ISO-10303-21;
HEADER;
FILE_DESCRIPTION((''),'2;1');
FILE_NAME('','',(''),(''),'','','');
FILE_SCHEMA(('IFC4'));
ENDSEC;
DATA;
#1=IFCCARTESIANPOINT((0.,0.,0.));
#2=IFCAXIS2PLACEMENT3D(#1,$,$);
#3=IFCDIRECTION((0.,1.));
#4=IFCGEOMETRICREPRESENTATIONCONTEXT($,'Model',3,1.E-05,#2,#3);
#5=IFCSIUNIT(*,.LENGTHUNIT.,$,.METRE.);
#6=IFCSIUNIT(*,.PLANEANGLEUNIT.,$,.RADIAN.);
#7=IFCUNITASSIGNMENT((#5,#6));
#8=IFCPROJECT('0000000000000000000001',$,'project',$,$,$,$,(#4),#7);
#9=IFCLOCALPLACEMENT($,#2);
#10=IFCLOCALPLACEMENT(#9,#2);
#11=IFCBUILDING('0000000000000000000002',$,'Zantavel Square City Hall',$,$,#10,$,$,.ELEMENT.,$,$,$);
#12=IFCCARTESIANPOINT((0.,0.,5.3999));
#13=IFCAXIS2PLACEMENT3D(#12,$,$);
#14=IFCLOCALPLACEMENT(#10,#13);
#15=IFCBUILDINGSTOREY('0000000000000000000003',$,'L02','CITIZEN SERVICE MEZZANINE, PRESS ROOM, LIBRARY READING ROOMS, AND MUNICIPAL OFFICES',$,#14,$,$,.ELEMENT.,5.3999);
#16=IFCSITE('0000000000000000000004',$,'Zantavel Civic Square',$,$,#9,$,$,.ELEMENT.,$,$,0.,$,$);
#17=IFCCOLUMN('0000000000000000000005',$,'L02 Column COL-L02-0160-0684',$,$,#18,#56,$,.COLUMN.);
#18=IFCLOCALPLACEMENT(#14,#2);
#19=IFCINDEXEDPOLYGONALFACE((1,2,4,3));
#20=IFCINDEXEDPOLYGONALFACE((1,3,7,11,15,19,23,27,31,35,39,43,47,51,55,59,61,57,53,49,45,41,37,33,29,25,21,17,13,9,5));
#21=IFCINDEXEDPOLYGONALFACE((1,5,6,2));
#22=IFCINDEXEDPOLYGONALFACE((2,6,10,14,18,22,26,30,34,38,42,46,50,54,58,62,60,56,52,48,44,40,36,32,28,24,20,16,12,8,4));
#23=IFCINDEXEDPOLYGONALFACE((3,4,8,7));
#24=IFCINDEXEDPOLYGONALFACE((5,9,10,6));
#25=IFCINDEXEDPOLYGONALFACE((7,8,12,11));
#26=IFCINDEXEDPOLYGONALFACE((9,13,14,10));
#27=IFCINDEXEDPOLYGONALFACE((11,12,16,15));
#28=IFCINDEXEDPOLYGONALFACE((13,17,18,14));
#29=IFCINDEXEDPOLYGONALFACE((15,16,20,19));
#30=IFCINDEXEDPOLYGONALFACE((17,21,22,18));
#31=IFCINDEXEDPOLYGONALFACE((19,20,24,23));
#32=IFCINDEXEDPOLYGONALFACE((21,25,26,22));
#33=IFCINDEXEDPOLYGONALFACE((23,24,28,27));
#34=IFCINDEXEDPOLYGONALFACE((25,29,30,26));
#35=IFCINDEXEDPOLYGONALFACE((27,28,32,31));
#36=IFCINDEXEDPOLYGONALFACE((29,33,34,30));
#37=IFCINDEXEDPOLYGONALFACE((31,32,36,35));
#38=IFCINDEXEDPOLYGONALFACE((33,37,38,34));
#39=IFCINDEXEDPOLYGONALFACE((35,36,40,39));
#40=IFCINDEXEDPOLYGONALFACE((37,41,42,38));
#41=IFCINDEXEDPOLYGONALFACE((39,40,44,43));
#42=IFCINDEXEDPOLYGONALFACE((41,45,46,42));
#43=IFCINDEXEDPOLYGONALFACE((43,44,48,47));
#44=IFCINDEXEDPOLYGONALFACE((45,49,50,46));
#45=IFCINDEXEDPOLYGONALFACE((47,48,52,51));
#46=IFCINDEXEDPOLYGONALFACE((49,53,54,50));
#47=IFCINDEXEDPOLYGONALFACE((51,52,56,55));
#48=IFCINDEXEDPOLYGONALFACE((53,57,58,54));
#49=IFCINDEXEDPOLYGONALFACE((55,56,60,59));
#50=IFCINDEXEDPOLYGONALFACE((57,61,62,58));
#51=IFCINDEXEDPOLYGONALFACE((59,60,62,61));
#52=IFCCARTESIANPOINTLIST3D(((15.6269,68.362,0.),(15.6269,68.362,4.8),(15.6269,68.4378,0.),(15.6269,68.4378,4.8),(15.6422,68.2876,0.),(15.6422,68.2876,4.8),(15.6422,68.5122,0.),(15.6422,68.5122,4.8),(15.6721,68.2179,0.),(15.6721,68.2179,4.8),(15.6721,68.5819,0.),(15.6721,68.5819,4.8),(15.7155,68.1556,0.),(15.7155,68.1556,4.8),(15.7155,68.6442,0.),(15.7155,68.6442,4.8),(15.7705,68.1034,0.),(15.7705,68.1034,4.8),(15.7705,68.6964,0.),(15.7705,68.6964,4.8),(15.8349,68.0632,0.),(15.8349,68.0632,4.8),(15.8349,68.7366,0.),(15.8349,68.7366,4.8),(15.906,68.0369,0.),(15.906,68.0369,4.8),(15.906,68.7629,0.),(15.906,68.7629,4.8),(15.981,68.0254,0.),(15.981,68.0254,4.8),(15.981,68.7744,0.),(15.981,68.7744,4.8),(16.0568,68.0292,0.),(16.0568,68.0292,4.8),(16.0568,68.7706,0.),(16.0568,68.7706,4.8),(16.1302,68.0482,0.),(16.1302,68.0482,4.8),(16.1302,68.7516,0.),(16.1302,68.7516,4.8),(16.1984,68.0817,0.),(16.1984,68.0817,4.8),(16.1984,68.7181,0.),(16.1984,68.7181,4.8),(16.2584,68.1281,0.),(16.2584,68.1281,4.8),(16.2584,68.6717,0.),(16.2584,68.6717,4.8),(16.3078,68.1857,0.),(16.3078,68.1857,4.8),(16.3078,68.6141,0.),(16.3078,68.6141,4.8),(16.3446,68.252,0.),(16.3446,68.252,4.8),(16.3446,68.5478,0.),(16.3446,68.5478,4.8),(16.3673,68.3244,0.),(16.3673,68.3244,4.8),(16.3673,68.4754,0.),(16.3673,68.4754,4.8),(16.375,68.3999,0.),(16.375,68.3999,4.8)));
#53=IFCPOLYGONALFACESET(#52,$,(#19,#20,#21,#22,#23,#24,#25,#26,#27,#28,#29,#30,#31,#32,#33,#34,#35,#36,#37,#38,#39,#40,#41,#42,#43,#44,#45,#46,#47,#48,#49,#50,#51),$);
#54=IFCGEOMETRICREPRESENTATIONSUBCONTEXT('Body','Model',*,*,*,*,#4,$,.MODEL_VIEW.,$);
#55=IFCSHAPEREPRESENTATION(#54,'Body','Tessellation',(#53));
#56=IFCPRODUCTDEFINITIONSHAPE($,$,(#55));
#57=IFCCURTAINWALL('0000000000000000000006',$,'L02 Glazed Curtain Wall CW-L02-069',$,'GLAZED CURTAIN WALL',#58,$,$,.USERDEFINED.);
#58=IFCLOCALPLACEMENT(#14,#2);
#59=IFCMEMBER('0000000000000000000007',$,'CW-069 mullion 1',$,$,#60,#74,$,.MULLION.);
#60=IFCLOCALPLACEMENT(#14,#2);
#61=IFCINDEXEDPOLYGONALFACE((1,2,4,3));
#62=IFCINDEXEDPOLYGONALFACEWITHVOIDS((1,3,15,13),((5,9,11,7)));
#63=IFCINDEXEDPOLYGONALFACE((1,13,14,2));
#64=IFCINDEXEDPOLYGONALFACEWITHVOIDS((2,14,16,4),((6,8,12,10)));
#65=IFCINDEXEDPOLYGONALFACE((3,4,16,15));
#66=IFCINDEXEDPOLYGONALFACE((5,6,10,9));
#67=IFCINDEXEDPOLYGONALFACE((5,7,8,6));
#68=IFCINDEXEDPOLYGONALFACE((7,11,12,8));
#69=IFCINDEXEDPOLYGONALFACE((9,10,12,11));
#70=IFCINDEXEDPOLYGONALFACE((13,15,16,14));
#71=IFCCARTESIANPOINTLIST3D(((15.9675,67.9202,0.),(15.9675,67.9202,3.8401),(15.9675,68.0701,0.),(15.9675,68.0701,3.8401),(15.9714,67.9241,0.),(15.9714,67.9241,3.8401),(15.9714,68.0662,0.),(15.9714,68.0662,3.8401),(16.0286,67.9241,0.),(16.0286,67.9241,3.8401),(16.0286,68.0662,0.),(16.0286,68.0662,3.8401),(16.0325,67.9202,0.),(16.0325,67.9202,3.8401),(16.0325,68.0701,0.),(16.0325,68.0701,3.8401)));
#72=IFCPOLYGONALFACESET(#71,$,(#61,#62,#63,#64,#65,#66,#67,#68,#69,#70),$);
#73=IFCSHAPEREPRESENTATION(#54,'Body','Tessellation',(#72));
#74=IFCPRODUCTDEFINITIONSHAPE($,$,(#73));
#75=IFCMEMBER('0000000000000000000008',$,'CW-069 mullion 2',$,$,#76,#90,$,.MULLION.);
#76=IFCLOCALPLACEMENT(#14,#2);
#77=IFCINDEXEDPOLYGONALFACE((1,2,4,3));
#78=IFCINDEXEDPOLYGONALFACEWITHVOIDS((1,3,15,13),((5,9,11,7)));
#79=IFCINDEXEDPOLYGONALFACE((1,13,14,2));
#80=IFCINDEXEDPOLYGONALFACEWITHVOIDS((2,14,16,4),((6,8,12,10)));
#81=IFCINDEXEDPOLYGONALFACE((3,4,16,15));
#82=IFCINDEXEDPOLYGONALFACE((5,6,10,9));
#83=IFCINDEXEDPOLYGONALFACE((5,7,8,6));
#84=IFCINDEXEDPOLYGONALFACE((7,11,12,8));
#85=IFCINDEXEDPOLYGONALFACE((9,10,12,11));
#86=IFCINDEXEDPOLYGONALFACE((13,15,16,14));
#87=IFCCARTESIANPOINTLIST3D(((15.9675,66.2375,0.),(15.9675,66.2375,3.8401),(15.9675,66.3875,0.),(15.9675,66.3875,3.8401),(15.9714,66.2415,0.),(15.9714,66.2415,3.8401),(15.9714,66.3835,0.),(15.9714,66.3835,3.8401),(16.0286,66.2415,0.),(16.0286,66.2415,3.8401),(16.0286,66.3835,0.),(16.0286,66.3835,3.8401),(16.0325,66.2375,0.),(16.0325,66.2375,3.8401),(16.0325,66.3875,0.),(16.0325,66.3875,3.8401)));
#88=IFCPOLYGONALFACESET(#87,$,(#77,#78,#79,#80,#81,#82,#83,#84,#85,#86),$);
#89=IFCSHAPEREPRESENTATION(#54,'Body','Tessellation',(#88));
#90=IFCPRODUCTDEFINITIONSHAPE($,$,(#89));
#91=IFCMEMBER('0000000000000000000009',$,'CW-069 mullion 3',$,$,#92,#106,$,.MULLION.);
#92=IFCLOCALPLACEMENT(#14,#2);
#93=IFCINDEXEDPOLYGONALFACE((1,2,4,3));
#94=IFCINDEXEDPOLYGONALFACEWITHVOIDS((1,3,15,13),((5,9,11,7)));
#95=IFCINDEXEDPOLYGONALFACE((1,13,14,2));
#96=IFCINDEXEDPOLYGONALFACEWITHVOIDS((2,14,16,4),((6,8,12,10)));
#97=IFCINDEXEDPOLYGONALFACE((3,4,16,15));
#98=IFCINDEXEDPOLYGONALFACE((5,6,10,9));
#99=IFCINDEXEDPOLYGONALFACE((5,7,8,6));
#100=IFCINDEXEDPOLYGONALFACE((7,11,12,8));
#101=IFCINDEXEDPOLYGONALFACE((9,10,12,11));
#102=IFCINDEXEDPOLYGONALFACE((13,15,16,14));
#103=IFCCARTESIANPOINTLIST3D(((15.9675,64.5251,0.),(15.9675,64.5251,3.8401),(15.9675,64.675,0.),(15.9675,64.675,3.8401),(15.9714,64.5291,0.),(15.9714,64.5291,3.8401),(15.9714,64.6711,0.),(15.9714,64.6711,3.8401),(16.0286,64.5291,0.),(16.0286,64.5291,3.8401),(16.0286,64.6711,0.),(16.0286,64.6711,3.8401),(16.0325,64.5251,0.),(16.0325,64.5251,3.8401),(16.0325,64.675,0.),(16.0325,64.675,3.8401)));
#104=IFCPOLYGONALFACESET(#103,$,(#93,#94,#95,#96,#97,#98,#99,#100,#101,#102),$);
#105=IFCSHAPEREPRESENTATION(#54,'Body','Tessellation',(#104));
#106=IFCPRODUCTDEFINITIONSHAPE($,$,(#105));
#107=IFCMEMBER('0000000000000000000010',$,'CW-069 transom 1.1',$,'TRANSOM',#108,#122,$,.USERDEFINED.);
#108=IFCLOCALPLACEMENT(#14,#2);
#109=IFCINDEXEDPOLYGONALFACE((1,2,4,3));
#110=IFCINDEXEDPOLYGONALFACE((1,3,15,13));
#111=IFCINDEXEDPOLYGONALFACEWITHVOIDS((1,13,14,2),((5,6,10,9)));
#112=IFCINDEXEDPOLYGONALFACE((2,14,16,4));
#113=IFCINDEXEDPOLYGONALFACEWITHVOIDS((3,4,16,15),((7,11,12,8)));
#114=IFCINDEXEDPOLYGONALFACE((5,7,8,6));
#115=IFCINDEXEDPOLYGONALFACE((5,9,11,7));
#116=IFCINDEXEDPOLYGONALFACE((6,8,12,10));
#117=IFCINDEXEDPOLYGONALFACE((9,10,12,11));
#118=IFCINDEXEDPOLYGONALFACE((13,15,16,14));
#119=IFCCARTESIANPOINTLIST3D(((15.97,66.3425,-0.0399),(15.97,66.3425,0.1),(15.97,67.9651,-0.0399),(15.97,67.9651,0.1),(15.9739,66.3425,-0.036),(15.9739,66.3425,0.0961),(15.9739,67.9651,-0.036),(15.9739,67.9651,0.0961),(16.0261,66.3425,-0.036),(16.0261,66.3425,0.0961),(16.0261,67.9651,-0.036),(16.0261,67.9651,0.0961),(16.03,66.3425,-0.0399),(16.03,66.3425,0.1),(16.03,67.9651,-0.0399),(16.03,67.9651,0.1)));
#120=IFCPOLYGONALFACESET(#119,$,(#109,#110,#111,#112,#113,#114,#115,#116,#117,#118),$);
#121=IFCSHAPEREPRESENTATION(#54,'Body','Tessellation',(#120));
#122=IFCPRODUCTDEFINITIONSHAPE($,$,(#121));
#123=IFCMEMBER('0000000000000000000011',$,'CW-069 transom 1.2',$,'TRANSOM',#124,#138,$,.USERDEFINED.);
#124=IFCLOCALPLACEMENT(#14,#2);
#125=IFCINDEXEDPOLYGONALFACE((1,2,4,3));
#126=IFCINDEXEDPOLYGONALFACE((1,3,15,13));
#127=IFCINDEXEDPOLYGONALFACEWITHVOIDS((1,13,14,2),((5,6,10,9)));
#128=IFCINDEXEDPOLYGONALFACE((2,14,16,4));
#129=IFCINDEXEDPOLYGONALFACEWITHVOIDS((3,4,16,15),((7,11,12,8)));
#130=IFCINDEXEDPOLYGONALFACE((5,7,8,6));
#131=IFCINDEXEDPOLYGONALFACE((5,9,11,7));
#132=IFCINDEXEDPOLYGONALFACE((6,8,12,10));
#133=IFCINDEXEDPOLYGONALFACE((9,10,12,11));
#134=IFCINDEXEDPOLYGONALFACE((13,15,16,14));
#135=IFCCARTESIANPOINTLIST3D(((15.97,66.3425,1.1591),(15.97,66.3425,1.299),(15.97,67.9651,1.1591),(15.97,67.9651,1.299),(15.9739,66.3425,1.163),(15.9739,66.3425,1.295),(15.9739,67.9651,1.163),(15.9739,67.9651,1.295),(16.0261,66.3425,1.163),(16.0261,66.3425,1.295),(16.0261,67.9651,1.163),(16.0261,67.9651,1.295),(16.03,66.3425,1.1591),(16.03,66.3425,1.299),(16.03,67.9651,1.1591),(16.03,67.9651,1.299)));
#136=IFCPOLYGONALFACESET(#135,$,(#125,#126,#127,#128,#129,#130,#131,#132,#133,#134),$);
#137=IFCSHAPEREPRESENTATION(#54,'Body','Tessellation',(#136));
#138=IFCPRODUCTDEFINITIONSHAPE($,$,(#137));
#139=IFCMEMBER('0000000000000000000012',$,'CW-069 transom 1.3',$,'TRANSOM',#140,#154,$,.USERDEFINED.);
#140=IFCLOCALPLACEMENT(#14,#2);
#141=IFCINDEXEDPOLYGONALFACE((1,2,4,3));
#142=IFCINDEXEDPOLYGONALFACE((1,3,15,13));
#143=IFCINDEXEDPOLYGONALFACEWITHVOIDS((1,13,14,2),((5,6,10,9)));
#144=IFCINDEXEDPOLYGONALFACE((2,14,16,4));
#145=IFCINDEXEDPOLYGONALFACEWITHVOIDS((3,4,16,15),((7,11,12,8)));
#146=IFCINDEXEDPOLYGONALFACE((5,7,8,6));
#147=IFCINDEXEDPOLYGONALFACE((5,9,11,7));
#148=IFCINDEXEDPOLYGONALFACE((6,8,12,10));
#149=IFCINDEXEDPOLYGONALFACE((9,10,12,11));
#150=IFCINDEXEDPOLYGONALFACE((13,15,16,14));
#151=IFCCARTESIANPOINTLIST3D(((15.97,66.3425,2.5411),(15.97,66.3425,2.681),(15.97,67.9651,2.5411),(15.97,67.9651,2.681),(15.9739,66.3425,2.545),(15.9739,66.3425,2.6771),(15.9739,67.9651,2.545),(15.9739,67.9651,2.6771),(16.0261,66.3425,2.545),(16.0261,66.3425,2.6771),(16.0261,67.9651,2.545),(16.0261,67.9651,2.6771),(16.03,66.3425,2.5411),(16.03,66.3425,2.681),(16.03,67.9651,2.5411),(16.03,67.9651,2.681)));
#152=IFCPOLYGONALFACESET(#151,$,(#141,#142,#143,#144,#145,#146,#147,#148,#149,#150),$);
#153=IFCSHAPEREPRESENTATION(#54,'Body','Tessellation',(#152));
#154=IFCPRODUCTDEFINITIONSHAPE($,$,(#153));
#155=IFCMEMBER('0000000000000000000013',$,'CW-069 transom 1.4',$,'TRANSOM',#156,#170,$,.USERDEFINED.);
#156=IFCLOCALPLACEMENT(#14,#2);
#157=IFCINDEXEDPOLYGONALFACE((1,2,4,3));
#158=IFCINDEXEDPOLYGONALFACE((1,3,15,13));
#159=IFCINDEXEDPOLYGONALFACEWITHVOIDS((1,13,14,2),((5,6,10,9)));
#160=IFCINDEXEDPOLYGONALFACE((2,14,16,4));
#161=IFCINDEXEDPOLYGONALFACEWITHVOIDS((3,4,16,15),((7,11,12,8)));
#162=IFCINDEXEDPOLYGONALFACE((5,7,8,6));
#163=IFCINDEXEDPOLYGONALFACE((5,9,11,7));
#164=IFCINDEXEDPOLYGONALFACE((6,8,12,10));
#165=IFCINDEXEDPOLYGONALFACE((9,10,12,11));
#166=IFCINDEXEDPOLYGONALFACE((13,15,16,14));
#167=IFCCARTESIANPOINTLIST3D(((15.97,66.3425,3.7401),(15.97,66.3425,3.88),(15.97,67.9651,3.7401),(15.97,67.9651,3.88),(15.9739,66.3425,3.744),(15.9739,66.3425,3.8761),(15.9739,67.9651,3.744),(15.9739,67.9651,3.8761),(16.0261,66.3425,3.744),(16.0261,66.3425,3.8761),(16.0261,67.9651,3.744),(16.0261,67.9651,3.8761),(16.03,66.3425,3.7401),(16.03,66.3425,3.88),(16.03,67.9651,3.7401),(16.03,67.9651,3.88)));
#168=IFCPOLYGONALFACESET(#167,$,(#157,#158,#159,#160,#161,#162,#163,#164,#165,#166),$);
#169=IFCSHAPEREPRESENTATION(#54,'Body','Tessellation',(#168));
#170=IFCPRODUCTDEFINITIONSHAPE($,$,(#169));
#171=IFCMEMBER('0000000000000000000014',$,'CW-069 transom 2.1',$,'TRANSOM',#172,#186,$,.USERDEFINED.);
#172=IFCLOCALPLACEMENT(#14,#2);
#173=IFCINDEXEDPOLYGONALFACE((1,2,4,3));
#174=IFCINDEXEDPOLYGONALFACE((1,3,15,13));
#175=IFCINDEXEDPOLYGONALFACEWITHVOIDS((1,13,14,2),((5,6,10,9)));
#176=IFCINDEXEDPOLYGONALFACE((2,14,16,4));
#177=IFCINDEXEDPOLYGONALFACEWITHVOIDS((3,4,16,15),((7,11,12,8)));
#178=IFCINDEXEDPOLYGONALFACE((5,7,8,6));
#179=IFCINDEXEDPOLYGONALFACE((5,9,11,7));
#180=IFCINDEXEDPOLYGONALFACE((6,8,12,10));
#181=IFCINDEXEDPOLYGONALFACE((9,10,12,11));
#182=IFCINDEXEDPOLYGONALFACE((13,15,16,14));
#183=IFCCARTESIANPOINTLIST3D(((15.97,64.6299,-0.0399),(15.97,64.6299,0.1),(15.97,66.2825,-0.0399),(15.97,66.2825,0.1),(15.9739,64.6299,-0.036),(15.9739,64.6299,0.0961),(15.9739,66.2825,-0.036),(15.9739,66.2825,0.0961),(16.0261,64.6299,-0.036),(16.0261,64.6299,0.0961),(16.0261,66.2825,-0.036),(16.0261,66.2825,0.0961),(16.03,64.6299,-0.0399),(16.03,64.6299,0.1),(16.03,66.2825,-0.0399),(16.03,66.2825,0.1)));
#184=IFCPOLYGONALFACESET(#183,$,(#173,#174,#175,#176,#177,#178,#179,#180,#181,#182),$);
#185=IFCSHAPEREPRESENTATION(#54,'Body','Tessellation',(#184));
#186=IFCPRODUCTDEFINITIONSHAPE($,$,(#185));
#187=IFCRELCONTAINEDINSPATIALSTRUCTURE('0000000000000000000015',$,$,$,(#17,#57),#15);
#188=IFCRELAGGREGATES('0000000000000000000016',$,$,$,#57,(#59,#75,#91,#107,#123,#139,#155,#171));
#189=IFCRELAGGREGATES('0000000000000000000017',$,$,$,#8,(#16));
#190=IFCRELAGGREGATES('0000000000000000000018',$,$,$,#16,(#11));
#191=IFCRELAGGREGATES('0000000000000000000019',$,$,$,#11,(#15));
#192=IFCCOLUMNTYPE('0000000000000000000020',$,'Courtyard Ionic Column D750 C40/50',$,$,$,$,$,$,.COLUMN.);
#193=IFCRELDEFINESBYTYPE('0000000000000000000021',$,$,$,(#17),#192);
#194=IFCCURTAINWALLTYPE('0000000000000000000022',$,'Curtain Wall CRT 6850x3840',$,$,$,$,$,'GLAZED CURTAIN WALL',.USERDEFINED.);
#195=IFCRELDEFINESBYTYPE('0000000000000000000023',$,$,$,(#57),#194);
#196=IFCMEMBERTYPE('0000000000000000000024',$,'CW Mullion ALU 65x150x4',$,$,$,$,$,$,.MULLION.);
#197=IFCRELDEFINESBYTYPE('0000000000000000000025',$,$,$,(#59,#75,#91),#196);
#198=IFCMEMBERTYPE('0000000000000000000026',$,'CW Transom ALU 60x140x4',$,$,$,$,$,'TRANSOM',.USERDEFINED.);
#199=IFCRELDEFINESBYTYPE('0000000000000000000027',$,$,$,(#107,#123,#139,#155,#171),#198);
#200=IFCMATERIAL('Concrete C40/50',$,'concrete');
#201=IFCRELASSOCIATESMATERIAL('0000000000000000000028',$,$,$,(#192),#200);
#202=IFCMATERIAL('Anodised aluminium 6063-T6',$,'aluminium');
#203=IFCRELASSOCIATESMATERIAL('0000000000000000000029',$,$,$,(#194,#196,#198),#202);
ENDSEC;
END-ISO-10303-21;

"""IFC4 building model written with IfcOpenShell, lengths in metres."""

from ifc_helpers import new_model, si_unit, direction, frame, origin, origin_2d, place, context, subcontext, project, spatial, hollow_rectangle, circle, extrude, material, material_profile, profile_set, type_object, element, aggregate, save


model = new_model("IFC4")

# Units and contexts
model_context = context("Model", 3, precision=1e-05, world=origin(), true_north=direction((0.0, 1.0)))
body_context = subcontext(model_context, "Body", "Model", "MODEL_VIEW")
ifc_project = project(units=[si_unit("LENGTHUNIT", "METRE"), si_unit("PLANEANGLEUNIT", "RADIAN")], contexts=[model_context])

# Site, building, storey
site_placement = place(None, origin())
site = spatial("IfcSite", under=ifc_project, at=site_placement, Name="Zantavel Civic Square", CompositionType="ELEMENT", RefElevation=0.0)
building_placement = place(site_placement, origin())
building = spatial("IfcBuilding", under=site, at=building_placement, Name="Zantavel Square City Hall", CompositionType="ELEMENT")
storey_placement = place(building_placement, frame((0.0, 0.0, 5.3999)))
storey = spatial("IfcBuildingStorey", under=building, at=storey_placement, Name="L02", Description="CITIZEN SERVICE MEZZANINE, PRESS ROOM, LIBRARY READING ROOMS, AND MUNICIPAL OFFICES", CompositionType="ELEMENT", Elevation=5.3999)

# Column
ifc_material_1 = material(Name="Concrete C40/50", Category="concrete")
ifc_material_profile_1 = material_profile(ifc_material_1, circle(Radius=0.375, at=origin_2d()), Name="ROUND D750")
ifc_profile_set_1 = profile_set([ifc_material_profile_1], Name="Concrete C40/50")
column_type = type_object("IfcColumnType", Name="Courtyard Ionic Column D750 C40/50", PredefinedType="COLUMN", material=ifc_profile_set_1)
column_placement = place(storey_placement, frame((16.0, 68.3999, 0.0), z_axis=(0.0, 0.0, 1.0), x_axis=(1.0, 0.0, 0.0)))
element("IfcColumn", 1, at=column_placement, inside=storey, type_object=column_type, Name="L02 Column COL-L02-0160-0684", PredefinedType="COLUMN", context=body_context, shape_type="SweptSolid", body=[
    extrude(circle(Radius=0.375, at=origin_2d()), origin(), (0.0, 0.0, 1.0), 4.8),
])

# Curtain wall, members
ifc_material_2 = material(Name="Anodised aluminium 6063-T6", Category="aluminium")
curtain_wall_type = type_object("IfcCurtainWallType", Name="Curtain Wall CRT 6850x3840", ElementType="GLAZED CURTAIN WALL", PredefinedType="USERDEFINED", material=ifc_material_2)
curtain_wall_placement = place(storey_placement, origin())
curtain_wall = element("IfcCurtainWall", 2, at=curtain_wall_placement, inside=storey, type_object=curtain_wall_type, Name="L02 Glazed Curtain Wall CW-L02-069", ObjectType="GLAZED CURTAIN WALL", PredefinedType="USERDEFINED")
ifc_material_profile_2 = material_profile(ifc_material_2, hollow_rectangle(XDim=0.0649, YDim=0.1499, WallThickness=0.0039, at=origin_2d()), Name="ALU 65x150x4")
ifc_profile_set_2 = profile_set([ifc_material_profile_2], Name="Anodised aluminium 6063-T6")
member_type_1 = type_object("IfcMemberType", Name="CW Mullion ALU 65x150x4", PredefinedType="MULLION", material=ifc_profile_set_2)
member_1_placement = place(storey_placement, frame((16.0, 67.9951, 0.0), z_axis=(0.0, 0.0, 1.0), x_axis=(1.0, 0.0, 0.0)))
member_1 = element("IfcMember", 3, at=member_1_placement, type_object=member_type_1, Name="CW-069 mullion 1", PredefinedType="MULLION", context=body_context, shape_type="SweptSolid", body=[
    extrude(hollow_rectangle(XDim=0.0649, YDim=0.1499, WallThickness=0.0039, at=origin_2d()), origin(), (0.0, 0.0, 1.0), 3.8401),
])
member_2_placement = place(storey_placement, frame((16.0, 66.3125, 0.0), z_axis=(0.0, 0.0, 1.0), x_axis=(1.0, 0.0, 0.0)))
member_2 = element("IfcMember", 4, at=member_2_placement, type_object=member_type_1, Name="CW-069 mullion 2", PredefinedType="MULLION", context=body_context, shape_type="SweptSolid", body=[
    extrude(hollow_rectangle(XDim=0.0649, YDim=0.1499, WallThickness=0.0039, at=origin_2d()), origin(), (0.0, 0.0, 1.0), 3.8401),
])
member_3_placement = place(storey_placement, frame((16.0, 64.6001, 0.0), z_axis=(0.0, 0.0, 1.0), x_axis=(1.0, 0.0, 0.0)))
member_3 = element("IfcMember", 5, at=member_3_placement, type_object=member_type_1, Name="CW-069 mullion 3", PredefinedType="MULLION", context=body_context, shape_type="SweptSolid", body=[
    extrude(hollow_rectangle(XDim=0.0649, YDim=0.1499, WallThickness=0.0039, at=origin_2d()), origin(), (0.0, 0.0, 1.0), 3.8401),
])
ifc_material_profile_3 = material_profile(ifc_material_2, hollow_rectangle(XDim=0.0601, YDim=0.1399, WallThickness=0.0039, at=origin_2d()), Name="ALU 60x140x4")
ifc_profile_set_3 = profile_set([ifc_material_profile_3], Name="Anodised aluminium 6063-T6")
member_type_2 = type_object("IfcMemberType", Name="CW Transom ALU 60x140x4", ElementType="TRANSOM", PredefinedType="USERDEFINED", material=ifc_profile_set_3)
member_4_placement = place(storey_placement, frame((16.0, 67.9651, 0.03), z_axis=(0.0, -1.0, 0.0), x_axis=(1.0, 0.0, 0.0)))
member_4 = element("IfcMember", 6, at=member_4_placement, type_object=member_type_2, Name="CW-069 transom 1.1", ObjectType="TRANSOM", PredefinedType="USERDEFINED", context=body_context, shape_type="SweptSolid", body=[
    extrude(hollow_rectangle(XDim=0.0601, YDim=0.1399, WallThickness=0.0039, at=origin_2d()), origin(), (0.0, 0.0, 1.0), 1.6226),
])
member_5_placement = place(storey_placement, frame((16.0, 67.9651, 1.229), z_axis=(0.0, -1.0, 0.0), x_axis=(1.0, 0.0, 0.0)))
member_5 = element("IfcMember", 7, at=member_5_placement, type_object=member_type_2, Name="CW-069 transom 1.2", ObjectType="TRANSOM", PredefinedType="USERDEFINED", context=body_context, shape_type="SweptSolid", body=[
    extrude(hollow_rectangle(XDim=0.0601, YDim=0.1399, WallThickness=0.0039, at=origin_2d()), origin(), (0.0, 0.0, 1.0), 1.6226),
])
member_6_placement = place(storey_placement, frame((16.0, 67.9651, 2.6111), z_axis=(0.0, -1.0, 0.0), x_axis=(1.0, 0.0, 0.0)))
member_6 = element("IfcMember", 8, at=member_6_placement, type_object=member_type_2, Name="CW-069 transom 1.3", ObjectType="TRANSOM", PredefinedType="USERDEFINED", context=body_context, shape_type="SweptSolid", body=[
    extrude(hollow_rectangle(XDim=0.0601, YDim=0.1399, WallThickness=0.0039, at=origin_2d()), origin(), (0.0, 0.0, 1.0), 1.6226),
])
member_7_placement = place(storey_placement, frame((16.0, 67.9651, 3.8101), z_axis=(0.0, -1.0, 0.0), x_axis=(1.0, 0.0, 0.0)))
member_7 = element("IfcMember", 9, at=member_7_placement, type_object=member_type_2, Name="CW-069 transom 1.4", ObjectType="TRANSOM", PredefinedType="USERDEFINED", context=body_context, shape_type="SweptSolid", body=[
    extrude(hollow_rectangle(XDim=0.0601, YDim=0.1399, WallThickness=0.0039, at=origin_2d()), origin(), (0.0, 0.0, 1.0), 1.6226),
])
member_8_placement = place(storey_placement, frame((16.0, 66.2825, 0.03), z_axis=(0.0, -1.0, 0.0), x_axis=(1.0, 0.0, 0.0)))
member_8 = element("IfcMember", 10, at=member_8_placement, type_object=member_type_2, Name="CW-069 transom 2.1", ObjectType="TRANSOM", PredefinedType="USERDEFINED", context=body_context, shape_type="SweptSolid", body=[
    extrude(hollow_rectangle(XDim=0.0601, YDim=0.1399, WallThickness=0.0039, at=origin_2d()), origin(), (0.0, 0.0, 1.0), 1.6526),
])
aggregate(curtain_wall, [member_1, member_2, member_3, member_4, member_5, member_6, member_7, member_8])

save(model, "model.ifc")
